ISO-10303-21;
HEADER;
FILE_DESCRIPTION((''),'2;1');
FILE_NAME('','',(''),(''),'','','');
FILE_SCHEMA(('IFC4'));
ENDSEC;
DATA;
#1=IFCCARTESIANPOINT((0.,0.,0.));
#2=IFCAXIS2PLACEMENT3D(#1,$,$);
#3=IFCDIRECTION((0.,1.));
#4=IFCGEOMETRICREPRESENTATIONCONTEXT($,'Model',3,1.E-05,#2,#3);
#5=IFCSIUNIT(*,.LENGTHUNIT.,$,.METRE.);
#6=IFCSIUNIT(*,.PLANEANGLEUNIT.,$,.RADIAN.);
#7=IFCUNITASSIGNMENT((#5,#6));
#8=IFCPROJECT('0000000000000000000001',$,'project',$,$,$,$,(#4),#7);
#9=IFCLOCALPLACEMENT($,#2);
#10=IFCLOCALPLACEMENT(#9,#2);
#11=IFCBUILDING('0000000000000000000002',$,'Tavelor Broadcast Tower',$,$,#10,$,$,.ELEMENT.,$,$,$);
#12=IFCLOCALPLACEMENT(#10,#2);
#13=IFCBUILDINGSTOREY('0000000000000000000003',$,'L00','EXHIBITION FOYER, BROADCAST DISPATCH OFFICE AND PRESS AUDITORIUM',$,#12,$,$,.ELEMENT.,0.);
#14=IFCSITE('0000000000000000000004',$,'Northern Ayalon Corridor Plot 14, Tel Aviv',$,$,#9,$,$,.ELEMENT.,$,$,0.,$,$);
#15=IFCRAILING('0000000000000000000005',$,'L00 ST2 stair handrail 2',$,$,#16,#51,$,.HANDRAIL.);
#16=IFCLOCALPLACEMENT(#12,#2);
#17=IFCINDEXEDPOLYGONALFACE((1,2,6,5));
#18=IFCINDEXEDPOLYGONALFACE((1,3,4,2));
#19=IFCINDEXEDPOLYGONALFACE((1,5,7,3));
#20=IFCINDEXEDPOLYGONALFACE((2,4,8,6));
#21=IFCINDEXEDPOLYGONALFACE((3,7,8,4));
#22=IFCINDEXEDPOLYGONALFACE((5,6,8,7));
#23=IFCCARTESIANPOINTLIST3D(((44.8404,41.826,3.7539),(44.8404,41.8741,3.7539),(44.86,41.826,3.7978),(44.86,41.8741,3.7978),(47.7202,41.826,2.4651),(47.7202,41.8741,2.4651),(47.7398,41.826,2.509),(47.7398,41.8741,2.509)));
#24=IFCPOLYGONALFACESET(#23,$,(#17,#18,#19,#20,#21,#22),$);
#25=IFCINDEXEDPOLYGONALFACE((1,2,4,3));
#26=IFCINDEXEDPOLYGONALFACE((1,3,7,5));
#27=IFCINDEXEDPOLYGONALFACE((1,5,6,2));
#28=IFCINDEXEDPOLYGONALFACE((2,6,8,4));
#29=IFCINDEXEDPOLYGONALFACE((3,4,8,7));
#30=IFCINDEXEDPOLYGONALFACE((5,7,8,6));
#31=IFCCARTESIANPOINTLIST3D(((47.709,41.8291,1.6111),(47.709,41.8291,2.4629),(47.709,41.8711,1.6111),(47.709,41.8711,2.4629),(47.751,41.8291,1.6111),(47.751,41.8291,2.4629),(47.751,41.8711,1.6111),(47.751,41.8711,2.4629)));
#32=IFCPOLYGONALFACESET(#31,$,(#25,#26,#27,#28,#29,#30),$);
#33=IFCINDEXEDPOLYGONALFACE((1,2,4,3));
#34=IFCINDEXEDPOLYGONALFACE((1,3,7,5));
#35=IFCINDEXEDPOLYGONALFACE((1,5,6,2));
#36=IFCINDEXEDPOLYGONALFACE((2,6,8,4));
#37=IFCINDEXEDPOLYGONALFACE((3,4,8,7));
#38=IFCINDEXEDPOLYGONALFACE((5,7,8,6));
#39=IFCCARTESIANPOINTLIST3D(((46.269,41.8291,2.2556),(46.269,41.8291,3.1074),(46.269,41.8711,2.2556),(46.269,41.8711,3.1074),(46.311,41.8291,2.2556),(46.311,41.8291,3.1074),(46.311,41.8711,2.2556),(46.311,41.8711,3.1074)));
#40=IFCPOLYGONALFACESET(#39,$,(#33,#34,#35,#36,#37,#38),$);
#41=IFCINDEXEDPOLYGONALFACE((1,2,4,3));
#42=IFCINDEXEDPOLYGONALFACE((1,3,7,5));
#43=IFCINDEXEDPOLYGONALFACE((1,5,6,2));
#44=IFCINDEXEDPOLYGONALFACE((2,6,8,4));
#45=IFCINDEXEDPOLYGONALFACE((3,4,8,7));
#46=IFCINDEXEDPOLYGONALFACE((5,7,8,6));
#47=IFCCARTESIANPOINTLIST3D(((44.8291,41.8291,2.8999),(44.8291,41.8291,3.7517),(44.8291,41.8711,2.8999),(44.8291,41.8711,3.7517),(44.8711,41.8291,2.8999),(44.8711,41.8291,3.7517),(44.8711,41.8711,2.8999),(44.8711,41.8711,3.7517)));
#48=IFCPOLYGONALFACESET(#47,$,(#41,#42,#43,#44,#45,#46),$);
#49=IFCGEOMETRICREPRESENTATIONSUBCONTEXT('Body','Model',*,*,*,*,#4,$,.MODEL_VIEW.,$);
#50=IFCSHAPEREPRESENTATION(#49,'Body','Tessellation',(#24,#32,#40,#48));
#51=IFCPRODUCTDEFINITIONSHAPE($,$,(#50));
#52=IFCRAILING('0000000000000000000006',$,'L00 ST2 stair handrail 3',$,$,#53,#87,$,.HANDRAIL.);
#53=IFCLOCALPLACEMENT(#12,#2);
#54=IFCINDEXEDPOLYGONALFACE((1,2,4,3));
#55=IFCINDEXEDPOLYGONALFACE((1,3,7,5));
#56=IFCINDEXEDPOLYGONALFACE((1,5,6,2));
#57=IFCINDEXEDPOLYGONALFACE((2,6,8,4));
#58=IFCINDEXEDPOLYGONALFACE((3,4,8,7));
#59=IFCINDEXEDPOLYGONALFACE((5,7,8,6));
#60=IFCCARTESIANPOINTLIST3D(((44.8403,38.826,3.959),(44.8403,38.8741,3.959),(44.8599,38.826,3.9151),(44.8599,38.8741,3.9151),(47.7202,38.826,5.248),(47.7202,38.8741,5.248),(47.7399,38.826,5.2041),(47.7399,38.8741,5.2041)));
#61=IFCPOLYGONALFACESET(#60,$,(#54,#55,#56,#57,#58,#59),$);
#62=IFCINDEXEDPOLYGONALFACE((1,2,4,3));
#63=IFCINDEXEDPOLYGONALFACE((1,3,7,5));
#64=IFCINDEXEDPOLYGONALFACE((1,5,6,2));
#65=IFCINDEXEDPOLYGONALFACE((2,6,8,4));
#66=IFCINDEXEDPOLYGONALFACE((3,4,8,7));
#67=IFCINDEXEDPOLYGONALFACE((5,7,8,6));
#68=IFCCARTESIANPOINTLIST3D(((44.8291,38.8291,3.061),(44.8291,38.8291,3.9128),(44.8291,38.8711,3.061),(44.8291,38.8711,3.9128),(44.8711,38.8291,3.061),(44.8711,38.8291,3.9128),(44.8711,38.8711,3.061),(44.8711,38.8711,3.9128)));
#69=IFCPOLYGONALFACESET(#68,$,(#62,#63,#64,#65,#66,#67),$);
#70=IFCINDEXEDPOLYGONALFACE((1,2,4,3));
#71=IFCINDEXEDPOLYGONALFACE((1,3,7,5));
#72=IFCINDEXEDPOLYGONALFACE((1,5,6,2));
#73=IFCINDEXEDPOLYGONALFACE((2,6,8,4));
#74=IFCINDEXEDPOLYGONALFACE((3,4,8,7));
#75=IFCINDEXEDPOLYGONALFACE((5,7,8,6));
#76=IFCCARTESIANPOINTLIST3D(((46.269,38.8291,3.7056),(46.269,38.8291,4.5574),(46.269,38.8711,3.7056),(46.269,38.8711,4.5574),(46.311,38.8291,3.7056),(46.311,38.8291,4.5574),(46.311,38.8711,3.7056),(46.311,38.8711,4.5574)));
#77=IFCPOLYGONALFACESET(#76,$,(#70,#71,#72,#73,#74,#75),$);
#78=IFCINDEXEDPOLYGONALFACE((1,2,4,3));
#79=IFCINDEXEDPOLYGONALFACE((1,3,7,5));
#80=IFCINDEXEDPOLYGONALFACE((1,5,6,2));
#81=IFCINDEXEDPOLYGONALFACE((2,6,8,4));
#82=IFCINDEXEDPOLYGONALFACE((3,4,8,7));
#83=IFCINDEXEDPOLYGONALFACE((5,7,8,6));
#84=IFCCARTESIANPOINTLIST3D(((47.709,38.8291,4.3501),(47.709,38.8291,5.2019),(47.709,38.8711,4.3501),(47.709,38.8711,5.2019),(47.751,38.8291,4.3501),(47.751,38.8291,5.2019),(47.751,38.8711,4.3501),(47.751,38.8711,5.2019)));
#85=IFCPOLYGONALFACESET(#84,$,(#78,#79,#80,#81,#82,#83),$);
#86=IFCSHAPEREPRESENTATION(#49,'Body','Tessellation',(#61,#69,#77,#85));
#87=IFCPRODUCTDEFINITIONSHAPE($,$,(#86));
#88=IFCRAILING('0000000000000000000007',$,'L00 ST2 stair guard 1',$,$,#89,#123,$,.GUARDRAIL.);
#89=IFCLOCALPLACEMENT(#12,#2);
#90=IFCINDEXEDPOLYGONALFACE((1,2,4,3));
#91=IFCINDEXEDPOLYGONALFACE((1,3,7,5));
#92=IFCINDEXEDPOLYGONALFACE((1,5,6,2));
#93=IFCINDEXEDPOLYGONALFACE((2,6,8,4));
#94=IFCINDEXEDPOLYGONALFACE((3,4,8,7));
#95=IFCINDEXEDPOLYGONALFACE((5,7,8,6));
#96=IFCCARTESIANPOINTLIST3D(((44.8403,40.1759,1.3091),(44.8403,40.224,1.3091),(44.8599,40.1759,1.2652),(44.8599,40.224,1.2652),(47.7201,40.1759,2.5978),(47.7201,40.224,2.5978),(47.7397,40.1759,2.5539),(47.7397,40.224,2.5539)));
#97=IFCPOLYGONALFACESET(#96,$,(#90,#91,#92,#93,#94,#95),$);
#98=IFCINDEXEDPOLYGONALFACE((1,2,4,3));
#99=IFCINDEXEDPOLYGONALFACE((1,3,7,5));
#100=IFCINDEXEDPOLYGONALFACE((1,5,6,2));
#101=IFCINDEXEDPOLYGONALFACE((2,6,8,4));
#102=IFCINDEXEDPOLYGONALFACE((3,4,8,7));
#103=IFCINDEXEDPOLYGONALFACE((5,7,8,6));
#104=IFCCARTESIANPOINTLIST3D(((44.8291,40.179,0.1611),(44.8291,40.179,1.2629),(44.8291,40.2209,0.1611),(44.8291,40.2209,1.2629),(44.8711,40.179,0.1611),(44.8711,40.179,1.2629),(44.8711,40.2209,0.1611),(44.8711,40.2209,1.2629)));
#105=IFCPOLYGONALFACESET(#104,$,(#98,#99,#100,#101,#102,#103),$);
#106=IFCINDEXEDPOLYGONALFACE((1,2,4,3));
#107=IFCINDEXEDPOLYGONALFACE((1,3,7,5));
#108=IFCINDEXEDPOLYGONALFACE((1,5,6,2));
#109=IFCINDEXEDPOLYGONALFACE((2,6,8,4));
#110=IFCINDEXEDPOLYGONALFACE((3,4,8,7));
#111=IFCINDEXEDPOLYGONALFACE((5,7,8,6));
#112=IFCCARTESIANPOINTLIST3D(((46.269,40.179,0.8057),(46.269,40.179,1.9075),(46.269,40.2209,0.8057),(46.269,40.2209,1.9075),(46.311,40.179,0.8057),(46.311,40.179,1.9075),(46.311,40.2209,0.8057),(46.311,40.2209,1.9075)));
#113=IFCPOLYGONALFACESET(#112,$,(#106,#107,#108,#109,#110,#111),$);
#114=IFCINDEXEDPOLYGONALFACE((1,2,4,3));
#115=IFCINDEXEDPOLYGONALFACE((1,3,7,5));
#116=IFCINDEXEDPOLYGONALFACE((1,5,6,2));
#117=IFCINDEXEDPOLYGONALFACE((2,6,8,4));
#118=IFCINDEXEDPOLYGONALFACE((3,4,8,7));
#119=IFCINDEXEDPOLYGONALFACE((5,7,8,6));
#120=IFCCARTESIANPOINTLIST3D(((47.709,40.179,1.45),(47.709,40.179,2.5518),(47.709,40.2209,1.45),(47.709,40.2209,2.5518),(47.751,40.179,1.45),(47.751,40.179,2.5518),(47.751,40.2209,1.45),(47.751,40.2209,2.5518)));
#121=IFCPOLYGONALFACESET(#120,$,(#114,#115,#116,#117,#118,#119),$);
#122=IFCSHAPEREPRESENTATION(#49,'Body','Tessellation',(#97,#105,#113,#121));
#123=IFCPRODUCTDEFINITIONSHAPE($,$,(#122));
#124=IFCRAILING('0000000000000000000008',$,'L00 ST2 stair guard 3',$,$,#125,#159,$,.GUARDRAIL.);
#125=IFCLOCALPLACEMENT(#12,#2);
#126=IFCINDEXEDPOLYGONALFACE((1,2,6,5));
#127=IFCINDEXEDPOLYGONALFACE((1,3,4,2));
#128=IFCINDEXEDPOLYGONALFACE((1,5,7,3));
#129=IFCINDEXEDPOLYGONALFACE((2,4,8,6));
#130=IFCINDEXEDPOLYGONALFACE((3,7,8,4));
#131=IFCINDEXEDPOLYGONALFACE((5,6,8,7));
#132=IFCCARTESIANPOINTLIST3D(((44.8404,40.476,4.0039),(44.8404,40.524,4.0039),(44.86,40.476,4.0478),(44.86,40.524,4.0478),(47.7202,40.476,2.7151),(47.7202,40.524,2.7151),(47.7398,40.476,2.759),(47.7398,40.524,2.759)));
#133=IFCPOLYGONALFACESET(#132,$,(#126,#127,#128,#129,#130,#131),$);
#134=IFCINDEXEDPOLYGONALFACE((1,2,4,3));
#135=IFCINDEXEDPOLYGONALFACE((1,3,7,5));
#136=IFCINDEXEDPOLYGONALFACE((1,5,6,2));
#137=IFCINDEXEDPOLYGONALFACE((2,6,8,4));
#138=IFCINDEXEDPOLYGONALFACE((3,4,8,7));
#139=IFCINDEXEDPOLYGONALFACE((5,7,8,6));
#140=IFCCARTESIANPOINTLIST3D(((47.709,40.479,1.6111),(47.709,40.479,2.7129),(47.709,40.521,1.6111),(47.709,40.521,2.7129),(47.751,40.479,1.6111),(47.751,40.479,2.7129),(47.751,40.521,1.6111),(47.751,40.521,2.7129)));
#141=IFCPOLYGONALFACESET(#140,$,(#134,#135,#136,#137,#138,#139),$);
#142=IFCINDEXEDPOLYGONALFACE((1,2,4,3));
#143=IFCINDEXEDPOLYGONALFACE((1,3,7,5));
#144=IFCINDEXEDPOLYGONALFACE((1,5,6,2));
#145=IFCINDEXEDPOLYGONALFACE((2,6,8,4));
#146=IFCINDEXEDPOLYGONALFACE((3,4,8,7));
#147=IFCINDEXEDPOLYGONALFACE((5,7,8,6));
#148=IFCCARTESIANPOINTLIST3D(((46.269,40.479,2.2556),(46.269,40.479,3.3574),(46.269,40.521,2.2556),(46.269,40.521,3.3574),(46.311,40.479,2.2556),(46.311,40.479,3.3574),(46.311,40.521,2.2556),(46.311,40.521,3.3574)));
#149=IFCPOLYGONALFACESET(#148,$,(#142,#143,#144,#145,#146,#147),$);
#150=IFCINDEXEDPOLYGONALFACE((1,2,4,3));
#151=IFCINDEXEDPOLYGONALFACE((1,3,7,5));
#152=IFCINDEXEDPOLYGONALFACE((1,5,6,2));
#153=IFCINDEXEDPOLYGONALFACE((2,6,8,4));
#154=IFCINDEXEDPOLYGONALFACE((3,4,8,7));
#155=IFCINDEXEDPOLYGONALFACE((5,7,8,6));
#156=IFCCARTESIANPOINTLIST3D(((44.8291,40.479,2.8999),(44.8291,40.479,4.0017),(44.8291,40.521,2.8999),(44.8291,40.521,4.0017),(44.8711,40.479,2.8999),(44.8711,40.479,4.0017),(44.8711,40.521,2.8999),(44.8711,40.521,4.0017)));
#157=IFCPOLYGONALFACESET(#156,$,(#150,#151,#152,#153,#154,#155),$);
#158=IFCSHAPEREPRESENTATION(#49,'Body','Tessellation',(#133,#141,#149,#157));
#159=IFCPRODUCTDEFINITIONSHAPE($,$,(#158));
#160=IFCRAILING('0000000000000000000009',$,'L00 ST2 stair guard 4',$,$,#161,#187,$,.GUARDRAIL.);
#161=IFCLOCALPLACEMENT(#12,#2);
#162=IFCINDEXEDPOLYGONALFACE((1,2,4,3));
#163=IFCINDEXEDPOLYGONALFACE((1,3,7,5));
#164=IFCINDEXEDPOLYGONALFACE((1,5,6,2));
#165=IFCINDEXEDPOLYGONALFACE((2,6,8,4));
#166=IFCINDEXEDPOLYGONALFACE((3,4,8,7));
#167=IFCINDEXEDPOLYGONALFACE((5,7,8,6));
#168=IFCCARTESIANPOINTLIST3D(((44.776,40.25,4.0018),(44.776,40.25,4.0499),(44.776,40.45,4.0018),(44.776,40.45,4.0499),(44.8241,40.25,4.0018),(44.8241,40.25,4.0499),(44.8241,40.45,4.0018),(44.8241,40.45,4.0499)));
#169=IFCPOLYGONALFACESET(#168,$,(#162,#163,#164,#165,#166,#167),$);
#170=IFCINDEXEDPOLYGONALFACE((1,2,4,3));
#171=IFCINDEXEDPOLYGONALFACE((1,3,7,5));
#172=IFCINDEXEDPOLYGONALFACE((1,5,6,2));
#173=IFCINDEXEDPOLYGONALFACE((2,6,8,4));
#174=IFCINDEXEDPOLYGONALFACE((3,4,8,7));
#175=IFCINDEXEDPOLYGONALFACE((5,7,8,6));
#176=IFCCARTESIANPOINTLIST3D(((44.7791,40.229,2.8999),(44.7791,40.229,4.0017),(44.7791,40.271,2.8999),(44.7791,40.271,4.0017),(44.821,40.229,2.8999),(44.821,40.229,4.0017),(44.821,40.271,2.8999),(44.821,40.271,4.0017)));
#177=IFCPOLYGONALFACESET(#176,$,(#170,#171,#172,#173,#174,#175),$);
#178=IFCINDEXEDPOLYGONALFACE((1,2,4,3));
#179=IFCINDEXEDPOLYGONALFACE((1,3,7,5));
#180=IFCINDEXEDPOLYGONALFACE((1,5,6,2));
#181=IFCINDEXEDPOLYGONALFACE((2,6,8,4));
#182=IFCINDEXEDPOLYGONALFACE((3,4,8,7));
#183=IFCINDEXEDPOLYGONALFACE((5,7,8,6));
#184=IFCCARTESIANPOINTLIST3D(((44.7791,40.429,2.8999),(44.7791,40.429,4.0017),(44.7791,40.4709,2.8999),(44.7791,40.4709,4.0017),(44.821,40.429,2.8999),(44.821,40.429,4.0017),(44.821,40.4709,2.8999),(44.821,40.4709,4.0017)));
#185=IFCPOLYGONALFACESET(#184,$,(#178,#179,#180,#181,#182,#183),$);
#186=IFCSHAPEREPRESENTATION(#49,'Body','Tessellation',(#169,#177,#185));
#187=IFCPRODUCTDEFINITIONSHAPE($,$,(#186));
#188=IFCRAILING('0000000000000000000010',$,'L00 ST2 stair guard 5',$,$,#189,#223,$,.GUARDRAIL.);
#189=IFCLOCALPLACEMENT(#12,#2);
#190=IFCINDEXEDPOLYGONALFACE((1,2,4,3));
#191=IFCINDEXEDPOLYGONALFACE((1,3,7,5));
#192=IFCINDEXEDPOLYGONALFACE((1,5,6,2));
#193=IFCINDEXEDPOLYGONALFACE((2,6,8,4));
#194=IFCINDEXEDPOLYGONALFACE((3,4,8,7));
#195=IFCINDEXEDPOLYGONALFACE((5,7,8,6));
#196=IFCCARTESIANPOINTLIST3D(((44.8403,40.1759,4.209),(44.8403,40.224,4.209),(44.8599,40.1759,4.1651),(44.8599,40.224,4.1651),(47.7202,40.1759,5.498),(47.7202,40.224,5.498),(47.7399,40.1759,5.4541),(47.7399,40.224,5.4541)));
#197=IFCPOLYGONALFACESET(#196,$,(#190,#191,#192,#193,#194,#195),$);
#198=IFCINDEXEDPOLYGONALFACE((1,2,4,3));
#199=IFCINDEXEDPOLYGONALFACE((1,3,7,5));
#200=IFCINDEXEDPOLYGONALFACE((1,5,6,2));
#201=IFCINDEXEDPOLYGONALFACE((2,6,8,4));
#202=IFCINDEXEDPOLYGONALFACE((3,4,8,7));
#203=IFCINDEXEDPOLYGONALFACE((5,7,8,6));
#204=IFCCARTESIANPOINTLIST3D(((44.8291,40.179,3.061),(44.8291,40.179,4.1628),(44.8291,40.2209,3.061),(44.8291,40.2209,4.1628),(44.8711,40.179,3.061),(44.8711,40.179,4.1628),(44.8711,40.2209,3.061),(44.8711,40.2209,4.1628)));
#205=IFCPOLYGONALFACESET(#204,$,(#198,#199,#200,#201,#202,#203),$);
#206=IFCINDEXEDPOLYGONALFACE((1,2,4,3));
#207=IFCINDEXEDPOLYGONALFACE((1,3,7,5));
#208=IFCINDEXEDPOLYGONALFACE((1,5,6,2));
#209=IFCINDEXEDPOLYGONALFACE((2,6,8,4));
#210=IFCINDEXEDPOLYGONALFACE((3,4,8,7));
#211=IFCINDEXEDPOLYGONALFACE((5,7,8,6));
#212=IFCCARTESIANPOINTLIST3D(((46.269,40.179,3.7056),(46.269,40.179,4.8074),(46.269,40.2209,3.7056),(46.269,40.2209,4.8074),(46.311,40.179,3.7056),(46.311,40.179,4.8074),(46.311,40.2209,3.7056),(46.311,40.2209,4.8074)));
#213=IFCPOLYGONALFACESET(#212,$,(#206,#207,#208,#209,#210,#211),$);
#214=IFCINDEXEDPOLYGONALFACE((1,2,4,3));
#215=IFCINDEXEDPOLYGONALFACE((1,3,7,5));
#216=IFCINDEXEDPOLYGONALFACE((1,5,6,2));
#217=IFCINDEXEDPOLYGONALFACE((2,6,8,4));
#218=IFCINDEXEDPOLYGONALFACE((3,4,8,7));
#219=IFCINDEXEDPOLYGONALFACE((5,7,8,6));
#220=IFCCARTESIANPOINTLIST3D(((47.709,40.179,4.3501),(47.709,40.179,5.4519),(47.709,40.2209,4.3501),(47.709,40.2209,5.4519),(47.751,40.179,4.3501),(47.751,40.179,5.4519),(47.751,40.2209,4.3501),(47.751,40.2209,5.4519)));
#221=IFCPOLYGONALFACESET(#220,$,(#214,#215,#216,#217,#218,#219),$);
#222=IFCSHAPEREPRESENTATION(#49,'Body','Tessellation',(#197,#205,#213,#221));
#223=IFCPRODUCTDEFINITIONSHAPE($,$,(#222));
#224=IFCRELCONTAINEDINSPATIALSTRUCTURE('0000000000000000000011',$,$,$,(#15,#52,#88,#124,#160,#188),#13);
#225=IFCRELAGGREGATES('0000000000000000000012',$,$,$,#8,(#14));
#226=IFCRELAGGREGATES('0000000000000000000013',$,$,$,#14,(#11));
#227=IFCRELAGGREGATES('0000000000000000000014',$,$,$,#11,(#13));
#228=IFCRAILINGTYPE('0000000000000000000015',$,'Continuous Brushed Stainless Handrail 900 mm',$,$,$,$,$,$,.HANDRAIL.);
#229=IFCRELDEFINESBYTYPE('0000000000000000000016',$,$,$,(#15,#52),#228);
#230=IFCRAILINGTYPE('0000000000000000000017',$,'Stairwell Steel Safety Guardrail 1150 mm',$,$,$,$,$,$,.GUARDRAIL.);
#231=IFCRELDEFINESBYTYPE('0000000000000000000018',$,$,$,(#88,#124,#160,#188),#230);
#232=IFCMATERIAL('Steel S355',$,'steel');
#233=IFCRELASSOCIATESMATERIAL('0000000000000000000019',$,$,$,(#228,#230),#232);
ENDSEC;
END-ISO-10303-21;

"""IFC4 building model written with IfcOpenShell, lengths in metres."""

from ifc_helpers import new_model, si_unit, direction, frame, origin, origin_2d, place, context, subcontext, project, spatial, rectangle, extrude, material, type_object, element, save


model = new_model("IFC4")

# Units and contexts
model_context = context("Model", 3, precision=1e-05, world=origin(), true_north=direction((0.0, 1.0)))
body_context = subcontext(model_context, "Body", "Model", "MODEL_VIEW")
ifc_project = project(units=[si_unit("LENGTHUNIT", "METRE"), si_unit("PLANEANGLEUNIT", "RADIAN")], contexts=[model_context])

# Site, building, storey
site_placement = place(None, origin())
site = spatial("IfcSite", under=ifc_project, at=site_placement, Name="Northern Ayalon Corridor Plot 14, Tel Aviv", CompositionType="ELEMENT", RefElevation=0.0)
building_placement = place(site_placement, origin())
building = spatial("IfcBuilding", under=site, at=building_placement, Name="Tavelor Broadcast Tower", CompositionType="ELEMENT")
storey_placement = place(building_placement, origin())
storey = spatial("IfcBuildingStorey", under=building, at=storey_placement, Name="L00", Description="EXHIBITION FOYER, BROADCAST DISPATCH OFFICE AND PRESS AUDITORIUM", CompositionType="ELEMENT", Elevation=0.0)

# Shared definitions
ifc_material_1 = material(Name="Steel S355", Category="steel")

# Railings
railing_type_1 = type_object("IfcRailingType", Name="Continuous Brushed Stainless Handrail 900 mm", PredefinedType="HANDRAIL", material=ifc_material_1)
railing_1_placement = place(storey_placement, frame((47.73, 41.8501, 1.6111)))
element("IfcRailing", 1, at=railing_1_placement, inside=storey, type_object=railing_type_1, Name="L00 ST2 stair handrail 2", PredefinedType="HANDRAIL", context=body_context, shape_type="SweptSolid", body=[
    extrude(rectangle(XDim=0.0481, YDim=0.0481, at=origin_2d()), frame((0.0, 0.0, 0.876), z_axis=(-0.912765, 0.0, 0.408485), x_axis=(0.0, -1.0, 0.0)), (0.0, 0.0, 1.0), 3.155),
    extrude(rectangle(XDim=0.042, YDim=0.042, at=origin_2d()), origin(), (0.0, 0.0, 1.0), 0.8518),
    extrude(rectangle(XDim=0.042, YDim=0.042, at=origin_2d()), frame((-1.4399, 0.0, 0.6445)), (0.0, 0.0, 1.0), 0.8518),
    extrude(rectangle(XDim=0.042, YDim=0.042, at=origin_2d()), frame((-2.8799, 0.0, 1.2888)), (0.0, 0.0, 1.0), 0.8518),
])
railing_2_placement = place(storey_placement, frame((44.8501, 38.8501, 3.061)))
element("IfcRailing", 2, at=railing_2_placement, inside=storey, type_object=railing_type_1, Name="L00 ST2 stair handrail 3", PredefinedType="HANDRAIL", context=body_context, shape_type="SweptSolid", body=[
    extrude(rectangle(XDim=0.0481, YDim=0.0481, at=origin_2d()), frame((0.0, 0.0, 0.876), z_axis=(0.912736, 0.0, 0.408549), x_axis=(0.0, 1.0, 0.0)), (0.0, 0.0, 1.0), 3.1553),
    extrude(rectangle(XDim=0.042, YDim=0.042, at=origin_2d()), origin(), (0.0, 0.0, 1.0), 0.8518),
    extrude(rectangle(XDim=0.042, YDim=0.042, at=origin_2d()), frame((1.4399, 0.0, 0.6445)), (0.0, 0.0, 1.0), 0.8518),
    extrude(rectangle(XDim=0.042, YDim=0.042, at=origin_2d()), frame((2.8799, 0.0, 1.2891)), (0.0, 0.0, 1.0), 0.8518),
])
railing_type_2 = type_object("IfcRailingType", Name="Stairwell Steel Safety Guardrail 1150 mm", PredefinedType="GUARDRAIL", material=ifc_material_1)
railing_3_placement = place(storey_placement, frame((44.8501, 40.2, 0.1611)))
element("IfcRailing", 3, at=railing_3_placement, inside=storey, type_object=railing_type_2, Name="L00 ST2 stair guard 1", PredefinedType="GUARDRAIL", context=body_context, shape_type="SweptSolid", body=[
    extrude(rectangle(XDim=0.0481, YDim=0.0481, at=origin_2d()), frame((0.0, 0.0, 1.126), z_axis=(0.912765, 0.0, 0.408485), x_axis=(0.0, 1.0, 0.0)), (0.0, 0.0, 1.0), 3.155),
    extrude(rectangle(XDim=0.042, YDim=0.042, at=origin_2d()), origin(), (0.0, 0.0, 1.0), 1.1018),
    extrude(rectangle(XDim=0.042, YDim=0.042, at=origin_2d()), frame((1.4399, 0.0, 0.6445)), (0.0, 0.0, 1.0), 1.1018),
    extrude(rectangle(XDim=0.042, YDim=0.042, at=origin_2d()), frame((2.8799, 0.0, 1.2888)), (0.0, 0.0, 1.0), 1.1018),
])
railing_4_placement = place(storey_placement, frame((47.73, 40.5, 1.6111)))
element("IfcRailing", 4, at=railing_4_placement, inside=storey, type_object=railing_type_2, Name="L00 ST2 stair guard 3", PredefinedType="GUARDRAIL", context=body_context, shape_type="SweptSolid", body=[
    extrude(rectangle(XDim=0.0481, YDim=0.0481, at=origin_2d()), frame((0.0, 0.0, 1.126), z_axis=(-0.912765, 0.0, 0.408485), x_axis=(0.0, -1.0, 0.0)), (0.0, 0.0, 1.0), 3.155),
    extrude(rectangle(XDim=0.042, YDim=0.042, at=origin_2d()), origin(), (0.0, 0.0, 1.0), 1.1018),
    extrude(rectangle(XDim=0.042, YDim=0.042, at=origin_2d()), frame((-1.4399, 0.0, 0.6445)), (0.0, 0.0, 1.0), 1.1018),
    extrude(rectangle(XDim=0.042, YDim=0.042, at=origin_2d()), frame((-2.8799, 0.0, 1.2888)), (0.0, 0.0, 1.0), 1.1018),
])
railing_5_placement = place(storey_placement, frame((44.8, 40.25, 2.8999)))
element("IfcRailing", 5, at=railing_5_placement, inside=storey, type_object=railing_type_2, Name="L00 ST2 stair guard 4", PredefinedType="GUARDRAIL", context=body_context, shape_type="SweptSolid", body=[
    extrude(rectangle(XDim=0.0481, YDim=0.0481, at=origin_2d()), frame((0.0, 0.0, 1.126), z_axis=(0.0, 1.0, 0.0), x_axis=(-1.0, 0.0, 0.0)), (0.0, 0.0, 1.0), 0.2),
    extrude(rectangle(XDim=0.042, YDim=0.042, at=origin_2d()), origin(), (0.0, 0.0, 1.0), 1.1018),
    extrude(rectangle(XDim=0.042, YDim=0.042, at=origin_2d()), frame((0.0, 0.2, 0.0)), (0.0, 0.0, 1.0), 1.1018),
])
railing_6_placement = place(storey_placement, frame((44.8501, 40.2, 3.061)))
element("IfcRailing", 6, at=railing_6_placement, inside=storey, type_object=railing_type_2, Name="L00 ST2 stair guard 5", PredefinedType="GUARDRAIL", context=body_context, shape_type="SweptSolid", body=[
    extrude(rectangle(XDim=0.0481, YDim=0.0481, at=origin_2d()), frame((0.0, 0.0, 1.126), z_axis=(0.912736, 0.0, 0.408549), x_axis=(0.0, 1.0, 0.0)), (0.0, 0.0, 1.0), 3.1553),
    extrude(rectangle(XDim=0.042, YDim=0.042, at=origin_2d()), origin(), (0.0, 0.0, 1.0), 1.1018),
    extrude(rectangle(XDim=0.042, YDim=0.042, at=origin_2d()), frame((1.4399, 0.0, 0.6445)), (0.0, 0.0, 1.0), 1.1018),
    extrude(rectangle(XDim=0.042, YDim=0.042, at=origin_2d()), frame((2.8799, 0.0, 1.2891)), (0.0, 0.0, 1.0), 1.1018),
])

save(model, "model.ifc")
